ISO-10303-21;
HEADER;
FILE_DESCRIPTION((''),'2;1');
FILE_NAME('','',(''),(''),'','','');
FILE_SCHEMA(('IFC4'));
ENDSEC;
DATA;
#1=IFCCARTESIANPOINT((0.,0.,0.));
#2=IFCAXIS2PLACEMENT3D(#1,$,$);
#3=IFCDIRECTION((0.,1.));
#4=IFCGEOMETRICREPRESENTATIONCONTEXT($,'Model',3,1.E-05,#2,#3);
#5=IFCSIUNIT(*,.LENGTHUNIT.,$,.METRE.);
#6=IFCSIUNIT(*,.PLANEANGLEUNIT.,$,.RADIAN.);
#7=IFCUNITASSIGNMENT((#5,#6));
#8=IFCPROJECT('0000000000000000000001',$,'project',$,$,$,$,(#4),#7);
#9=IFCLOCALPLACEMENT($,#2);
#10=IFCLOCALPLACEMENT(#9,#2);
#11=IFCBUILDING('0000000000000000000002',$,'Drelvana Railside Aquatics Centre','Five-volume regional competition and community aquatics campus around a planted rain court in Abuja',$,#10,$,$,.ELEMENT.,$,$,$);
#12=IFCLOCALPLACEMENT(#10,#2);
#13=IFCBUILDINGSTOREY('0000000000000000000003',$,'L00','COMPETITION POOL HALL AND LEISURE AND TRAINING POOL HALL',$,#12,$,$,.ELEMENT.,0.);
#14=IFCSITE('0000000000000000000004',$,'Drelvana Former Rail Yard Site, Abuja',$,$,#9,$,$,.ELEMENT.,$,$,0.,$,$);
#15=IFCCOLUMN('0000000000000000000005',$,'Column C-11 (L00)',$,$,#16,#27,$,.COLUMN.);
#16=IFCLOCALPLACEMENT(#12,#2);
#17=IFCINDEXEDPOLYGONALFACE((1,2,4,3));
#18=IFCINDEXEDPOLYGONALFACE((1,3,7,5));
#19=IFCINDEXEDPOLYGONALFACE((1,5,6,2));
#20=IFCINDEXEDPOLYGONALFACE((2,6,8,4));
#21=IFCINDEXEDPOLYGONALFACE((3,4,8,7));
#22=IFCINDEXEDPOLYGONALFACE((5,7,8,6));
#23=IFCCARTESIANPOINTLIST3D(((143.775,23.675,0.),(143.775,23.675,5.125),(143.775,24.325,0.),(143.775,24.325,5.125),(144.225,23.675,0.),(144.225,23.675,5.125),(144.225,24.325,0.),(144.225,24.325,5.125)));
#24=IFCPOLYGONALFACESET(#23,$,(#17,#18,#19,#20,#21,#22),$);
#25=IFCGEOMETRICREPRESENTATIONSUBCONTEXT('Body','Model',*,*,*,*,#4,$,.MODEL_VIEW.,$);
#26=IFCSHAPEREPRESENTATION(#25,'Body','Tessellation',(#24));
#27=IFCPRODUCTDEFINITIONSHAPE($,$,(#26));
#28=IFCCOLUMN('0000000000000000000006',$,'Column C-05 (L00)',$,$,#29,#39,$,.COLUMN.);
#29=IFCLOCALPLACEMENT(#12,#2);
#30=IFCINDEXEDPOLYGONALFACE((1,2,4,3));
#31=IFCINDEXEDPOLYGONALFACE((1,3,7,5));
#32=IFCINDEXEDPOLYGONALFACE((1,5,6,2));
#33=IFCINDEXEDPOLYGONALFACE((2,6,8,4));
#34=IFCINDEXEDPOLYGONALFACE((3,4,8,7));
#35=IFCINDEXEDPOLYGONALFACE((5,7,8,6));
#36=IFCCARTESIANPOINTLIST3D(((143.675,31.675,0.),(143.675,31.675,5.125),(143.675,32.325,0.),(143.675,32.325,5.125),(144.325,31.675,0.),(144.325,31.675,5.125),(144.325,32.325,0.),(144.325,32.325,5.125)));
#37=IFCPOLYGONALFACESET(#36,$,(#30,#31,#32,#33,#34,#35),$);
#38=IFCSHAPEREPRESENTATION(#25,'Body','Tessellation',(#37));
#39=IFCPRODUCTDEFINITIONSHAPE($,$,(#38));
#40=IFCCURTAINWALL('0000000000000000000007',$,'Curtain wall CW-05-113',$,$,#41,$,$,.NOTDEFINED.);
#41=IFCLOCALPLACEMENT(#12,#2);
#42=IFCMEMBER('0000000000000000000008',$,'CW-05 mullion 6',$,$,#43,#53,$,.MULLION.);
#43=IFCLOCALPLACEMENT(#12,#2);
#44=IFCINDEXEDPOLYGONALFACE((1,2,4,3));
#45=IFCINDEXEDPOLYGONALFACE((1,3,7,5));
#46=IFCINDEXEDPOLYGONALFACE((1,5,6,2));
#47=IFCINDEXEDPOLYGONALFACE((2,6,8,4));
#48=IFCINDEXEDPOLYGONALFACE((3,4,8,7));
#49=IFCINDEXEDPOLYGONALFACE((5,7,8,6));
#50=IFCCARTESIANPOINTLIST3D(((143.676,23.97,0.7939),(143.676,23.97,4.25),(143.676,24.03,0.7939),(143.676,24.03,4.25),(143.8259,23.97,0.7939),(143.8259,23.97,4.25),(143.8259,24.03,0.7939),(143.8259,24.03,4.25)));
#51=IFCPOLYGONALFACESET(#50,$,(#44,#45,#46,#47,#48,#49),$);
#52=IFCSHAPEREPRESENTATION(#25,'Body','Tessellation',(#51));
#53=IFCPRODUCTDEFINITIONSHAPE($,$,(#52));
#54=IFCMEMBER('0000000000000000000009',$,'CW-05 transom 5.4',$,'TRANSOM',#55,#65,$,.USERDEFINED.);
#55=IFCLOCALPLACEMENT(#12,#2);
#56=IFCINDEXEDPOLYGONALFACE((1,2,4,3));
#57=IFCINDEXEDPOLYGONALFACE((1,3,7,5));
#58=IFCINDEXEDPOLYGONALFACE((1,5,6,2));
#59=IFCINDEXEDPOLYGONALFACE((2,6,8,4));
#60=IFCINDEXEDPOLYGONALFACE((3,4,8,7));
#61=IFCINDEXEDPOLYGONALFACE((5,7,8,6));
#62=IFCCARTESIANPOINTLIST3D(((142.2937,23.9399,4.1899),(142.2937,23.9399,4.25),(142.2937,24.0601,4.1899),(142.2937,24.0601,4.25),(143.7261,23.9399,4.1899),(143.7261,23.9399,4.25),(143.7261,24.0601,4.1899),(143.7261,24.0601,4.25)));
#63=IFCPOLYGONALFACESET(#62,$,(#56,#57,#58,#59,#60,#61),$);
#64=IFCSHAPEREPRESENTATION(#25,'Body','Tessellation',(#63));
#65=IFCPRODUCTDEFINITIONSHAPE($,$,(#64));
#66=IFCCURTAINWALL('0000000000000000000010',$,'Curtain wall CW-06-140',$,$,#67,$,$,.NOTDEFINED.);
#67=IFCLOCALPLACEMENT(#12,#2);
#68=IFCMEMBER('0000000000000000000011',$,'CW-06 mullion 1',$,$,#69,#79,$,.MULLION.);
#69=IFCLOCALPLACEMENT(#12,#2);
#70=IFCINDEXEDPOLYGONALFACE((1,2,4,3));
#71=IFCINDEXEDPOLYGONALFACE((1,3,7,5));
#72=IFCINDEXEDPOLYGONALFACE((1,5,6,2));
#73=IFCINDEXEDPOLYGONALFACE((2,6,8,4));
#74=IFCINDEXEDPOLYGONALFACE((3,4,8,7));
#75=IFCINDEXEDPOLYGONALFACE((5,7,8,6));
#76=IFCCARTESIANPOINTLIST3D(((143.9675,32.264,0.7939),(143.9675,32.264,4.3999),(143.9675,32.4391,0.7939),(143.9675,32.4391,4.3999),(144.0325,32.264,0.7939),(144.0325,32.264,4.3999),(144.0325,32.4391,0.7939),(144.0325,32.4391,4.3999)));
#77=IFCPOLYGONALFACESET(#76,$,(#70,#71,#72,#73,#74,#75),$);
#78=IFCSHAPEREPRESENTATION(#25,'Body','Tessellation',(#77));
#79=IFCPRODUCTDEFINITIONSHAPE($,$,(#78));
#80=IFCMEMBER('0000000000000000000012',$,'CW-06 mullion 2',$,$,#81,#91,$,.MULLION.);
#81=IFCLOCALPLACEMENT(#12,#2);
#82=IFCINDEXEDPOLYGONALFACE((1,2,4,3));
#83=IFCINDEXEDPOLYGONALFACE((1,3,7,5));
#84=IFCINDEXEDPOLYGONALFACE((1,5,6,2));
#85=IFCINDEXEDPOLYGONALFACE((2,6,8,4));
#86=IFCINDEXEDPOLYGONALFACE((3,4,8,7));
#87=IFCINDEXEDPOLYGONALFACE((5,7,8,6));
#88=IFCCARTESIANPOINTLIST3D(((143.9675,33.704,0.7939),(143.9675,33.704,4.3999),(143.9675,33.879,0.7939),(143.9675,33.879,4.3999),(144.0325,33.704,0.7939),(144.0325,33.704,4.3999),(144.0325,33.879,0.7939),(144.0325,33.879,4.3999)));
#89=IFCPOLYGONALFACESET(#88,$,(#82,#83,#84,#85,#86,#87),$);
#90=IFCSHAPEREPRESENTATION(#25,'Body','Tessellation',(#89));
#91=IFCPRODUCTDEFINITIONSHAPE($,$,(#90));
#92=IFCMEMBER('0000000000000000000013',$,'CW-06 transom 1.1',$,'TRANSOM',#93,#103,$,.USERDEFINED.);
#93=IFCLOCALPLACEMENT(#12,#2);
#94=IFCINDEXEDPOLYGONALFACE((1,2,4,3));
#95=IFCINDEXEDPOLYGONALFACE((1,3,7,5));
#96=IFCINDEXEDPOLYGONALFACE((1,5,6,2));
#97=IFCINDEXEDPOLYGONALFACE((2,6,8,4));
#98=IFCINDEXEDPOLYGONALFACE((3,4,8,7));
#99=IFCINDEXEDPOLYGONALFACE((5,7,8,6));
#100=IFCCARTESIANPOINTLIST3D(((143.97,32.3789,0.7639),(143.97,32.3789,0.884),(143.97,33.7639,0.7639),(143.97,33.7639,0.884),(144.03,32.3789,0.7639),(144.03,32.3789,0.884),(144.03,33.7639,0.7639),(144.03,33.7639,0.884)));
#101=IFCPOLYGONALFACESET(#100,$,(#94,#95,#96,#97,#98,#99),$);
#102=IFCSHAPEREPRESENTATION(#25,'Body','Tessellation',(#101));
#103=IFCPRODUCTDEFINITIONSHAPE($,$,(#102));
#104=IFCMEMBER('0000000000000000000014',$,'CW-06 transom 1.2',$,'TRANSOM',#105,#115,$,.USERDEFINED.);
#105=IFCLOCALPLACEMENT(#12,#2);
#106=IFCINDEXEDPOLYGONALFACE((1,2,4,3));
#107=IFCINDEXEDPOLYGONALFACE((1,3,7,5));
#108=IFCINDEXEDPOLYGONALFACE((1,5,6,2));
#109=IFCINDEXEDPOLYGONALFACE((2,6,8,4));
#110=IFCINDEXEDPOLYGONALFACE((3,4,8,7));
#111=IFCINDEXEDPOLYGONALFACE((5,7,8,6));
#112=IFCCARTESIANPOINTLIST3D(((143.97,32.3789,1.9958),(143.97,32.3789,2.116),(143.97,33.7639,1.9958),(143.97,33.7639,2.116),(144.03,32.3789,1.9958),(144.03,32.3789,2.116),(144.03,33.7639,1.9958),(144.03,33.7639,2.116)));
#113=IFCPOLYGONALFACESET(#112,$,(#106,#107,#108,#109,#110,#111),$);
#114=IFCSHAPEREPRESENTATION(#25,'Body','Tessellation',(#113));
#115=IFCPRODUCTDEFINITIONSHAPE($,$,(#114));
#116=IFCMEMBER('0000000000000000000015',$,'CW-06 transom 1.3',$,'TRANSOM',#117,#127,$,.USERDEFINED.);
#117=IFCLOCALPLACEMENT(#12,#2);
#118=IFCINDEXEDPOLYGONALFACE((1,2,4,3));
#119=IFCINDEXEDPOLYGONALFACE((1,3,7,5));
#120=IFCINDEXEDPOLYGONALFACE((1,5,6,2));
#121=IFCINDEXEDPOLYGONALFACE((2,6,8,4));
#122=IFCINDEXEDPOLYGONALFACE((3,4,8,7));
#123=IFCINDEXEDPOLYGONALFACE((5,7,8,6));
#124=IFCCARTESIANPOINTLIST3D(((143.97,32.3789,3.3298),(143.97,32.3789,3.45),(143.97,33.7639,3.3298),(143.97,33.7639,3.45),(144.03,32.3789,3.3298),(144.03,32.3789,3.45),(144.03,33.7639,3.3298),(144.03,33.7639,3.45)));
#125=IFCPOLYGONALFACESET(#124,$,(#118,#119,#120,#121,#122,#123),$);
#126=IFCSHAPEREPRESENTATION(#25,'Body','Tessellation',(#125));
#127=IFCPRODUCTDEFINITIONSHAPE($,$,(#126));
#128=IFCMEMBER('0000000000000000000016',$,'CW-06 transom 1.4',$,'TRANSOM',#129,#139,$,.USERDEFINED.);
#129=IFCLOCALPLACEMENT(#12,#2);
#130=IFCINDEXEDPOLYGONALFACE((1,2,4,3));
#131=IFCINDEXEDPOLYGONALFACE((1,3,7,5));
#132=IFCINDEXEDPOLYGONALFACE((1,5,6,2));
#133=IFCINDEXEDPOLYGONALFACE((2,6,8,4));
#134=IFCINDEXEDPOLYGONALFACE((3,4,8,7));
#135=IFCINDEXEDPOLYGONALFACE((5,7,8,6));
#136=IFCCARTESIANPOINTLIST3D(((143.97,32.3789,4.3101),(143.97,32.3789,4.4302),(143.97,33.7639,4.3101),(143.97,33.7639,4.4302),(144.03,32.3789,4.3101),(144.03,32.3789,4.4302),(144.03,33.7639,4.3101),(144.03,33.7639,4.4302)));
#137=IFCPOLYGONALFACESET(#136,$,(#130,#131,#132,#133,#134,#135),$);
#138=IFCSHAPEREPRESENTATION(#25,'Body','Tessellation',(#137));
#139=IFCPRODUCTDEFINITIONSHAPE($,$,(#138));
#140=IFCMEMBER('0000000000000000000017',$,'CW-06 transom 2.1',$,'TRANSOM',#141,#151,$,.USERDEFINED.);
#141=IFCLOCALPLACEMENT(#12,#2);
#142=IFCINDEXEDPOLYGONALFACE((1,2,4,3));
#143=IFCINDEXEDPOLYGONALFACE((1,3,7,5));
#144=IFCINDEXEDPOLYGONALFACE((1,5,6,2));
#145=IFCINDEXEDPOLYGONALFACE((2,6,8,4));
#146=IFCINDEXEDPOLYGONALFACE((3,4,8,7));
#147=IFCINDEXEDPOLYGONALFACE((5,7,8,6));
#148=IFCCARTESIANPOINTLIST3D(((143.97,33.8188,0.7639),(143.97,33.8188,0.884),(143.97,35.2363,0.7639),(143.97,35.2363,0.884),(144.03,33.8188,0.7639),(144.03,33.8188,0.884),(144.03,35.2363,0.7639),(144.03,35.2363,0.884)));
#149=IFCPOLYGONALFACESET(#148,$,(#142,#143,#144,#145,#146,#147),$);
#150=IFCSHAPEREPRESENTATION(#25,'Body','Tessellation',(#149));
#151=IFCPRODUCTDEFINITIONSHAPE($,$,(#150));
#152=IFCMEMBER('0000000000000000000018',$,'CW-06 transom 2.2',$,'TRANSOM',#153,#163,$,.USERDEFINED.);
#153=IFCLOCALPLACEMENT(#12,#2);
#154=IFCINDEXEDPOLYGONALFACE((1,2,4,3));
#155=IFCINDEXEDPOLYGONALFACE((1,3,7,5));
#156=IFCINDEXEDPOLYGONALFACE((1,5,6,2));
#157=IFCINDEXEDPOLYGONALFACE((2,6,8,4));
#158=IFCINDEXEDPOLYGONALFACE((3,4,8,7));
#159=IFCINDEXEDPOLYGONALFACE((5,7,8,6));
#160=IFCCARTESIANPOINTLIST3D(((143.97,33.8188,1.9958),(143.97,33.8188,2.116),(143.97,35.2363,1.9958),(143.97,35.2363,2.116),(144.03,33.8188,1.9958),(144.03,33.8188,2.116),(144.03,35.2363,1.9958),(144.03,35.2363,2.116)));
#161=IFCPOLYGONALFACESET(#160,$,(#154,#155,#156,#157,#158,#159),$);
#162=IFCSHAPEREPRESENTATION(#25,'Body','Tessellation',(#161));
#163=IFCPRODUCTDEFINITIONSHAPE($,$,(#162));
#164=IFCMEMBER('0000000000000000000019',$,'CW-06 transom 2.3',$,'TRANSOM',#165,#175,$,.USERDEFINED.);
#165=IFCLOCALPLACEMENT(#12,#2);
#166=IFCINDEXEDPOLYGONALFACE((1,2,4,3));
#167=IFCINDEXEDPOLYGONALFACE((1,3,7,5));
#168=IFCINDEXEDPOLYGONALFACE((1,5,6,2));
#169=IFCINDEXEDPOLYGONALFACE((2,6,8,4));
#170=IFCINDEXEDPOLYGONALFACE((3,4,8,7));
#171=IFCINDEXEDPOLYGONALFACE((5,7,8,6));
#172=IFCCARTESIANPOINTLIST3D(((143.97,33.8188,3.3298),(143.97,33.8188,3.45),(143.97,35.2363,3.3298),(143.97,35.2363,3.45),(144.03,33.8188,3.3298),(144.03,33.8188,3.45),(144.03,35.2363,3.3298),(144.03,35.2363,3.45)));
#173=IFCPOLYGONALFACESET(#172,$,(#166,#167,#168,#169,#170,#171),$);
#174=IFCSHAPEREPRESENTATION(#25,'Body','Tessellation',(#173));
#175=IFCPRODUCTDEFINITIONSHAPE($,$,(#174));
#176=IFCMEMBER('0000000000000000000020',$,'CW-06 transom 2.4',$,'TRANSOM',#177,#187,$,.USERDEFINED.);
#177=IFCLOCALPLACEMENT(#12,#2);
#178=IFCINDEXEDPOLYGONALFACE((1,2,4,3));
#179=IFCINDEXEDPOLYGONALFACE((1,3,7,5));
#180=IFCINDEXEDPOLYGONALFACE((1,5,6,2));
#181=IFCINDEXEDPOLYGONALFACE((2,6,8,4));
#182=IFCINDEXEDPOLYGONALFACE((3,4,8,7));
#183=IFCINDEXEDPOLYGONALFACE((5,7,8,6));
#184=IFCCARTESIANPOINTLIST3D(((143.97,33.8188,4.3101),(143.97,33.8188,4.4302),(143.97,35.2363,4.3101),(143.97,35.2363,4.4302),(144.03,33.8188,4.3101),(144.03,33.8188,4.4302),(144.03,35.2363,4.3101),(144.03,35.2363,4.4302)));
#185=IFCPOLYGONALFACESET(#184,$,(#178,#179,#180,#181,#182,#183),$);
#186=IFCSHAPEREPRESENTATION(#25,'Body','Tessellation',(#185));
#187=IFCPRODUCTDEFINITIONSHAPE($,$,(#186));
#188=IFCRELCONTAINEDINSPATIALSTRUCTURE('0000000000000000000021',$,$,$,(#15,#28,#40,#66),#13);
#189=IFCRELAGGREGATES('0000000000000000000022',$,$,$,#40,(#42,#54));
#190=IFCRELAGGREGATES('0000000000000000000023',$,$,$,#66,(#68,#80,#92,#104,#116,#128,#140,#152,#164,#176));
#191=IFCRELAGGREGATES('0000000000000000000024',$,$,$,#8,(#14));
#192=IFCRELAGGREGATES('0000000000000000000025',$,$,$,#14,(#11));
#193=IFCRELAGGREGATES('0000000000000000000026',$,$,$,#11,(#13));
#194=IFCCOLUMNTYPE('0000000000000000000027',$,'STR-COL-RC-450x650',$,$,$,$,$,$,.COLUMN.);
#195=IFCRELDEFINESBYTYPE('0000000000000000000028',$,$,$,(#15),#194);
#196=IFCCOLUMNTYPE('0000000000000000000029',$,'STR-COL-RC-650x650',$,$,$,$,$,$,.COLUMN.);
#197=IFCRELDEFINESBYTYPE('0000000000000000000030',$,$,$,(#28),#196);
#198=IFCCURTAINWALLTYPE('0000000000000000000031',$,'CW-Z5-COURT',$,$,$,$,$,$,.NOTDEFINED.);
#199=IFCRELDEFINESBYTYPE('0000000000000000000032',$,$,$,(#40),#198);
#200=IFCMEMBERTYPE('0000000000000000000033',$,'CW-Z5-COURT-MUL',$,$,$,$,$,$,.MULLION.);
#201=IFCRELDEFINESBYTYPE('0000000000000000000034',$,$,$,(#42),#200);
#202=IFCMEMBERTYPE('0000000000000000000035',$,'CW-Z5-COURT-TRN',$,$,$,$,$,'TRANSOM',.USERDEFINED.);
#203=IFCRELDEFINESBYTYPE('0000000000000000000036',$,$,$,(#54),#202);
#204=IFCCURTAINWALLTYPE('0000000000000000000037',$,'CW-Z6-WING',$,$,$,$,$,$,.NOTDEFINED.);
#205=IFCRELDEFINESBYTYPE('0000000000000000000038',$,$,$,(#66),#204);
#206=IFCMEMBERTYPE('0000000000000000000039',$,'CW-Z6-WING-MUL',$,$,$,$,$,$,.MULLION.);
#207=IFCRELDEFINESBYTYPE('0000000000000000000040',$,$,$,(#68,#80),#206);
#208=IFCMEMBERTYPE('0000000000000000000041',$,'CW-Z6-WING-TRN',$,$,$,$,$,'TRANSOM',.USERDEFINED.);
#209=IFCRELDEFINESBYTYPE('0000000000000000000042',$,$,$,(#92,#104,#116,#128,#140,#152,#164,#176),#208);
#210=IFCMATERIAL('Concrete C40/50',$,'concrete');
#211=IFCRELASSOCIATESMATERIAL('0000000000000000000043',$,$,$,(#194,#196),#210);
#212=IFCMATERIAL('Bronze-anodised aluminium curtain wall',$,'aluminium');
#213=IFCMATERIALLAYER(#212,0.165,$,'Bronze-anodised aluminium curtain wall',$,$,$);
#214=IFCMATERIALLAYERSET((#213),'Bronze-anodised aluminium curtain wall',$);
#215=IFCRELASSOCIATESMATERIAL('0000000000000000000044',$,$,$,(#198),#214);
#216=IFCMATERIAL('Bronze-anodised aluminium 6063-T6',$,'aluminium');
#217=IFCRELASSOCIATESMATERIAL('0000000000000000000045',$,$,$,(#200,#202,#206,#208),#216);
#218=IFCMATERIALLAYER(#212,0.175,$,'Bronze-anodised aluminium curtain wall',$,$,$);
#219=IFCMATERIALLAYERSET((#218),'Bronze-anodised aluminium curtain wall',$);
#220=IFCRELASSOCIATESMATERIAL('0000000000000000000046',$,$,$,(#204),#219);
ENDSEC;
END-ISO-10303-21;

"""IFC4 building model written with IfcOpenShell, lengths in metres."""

from ifc_helpers import new_model, si_unit, direction, frame, origin, origin_2d, place, context, subcontext, project, spatial, rectangle, extrude, material, layer, layer_set, material_profile, profile_set, type_object, element, aggregate, save


model = new_model("IFC4")

# Units and contexts
model_context = context("Model", 3, precision=1e-05, world=origin(), true_north=direction((0.0, 1.0)))
body_context = subcontext(model_context, "Body", "Model", "MODEL_VIEW")
ifc_project = project(units=[si_unit("LENGTHUNIT", "METRE"), si_unit("PLANEANGLEUNIT", "RADIAN")], contexts=[model_context])

# Site, building, storey
site_placement = place(None, origin())
site = spatial("IfcSite", under=ifc_project, at=site_placement, Name="Drelvana Former Rail Yard Site, Abuja", CompositionType="ELEMENT", RefElevation=0.0)
building_placement = place(site_placement, origin())
building = spatial("IfcBuilding", under=site, at=building_placement, Name="Drelvana Railside Aquatics Centre", Description="Five-volume regional competition and community aquatics campus around a planted rain court in Abuja", CompositionType="ELEMENT")
storey_placement = place(building_placement, origin())
storey = spatial("IfcBuildingStorey", under=building, at=storey_placement, Name="L00", Description="COMPETITION POOL HALL AND LEISURE AND TRAINING POOL HALL", CompositionType="ELEMENT", Elevation=0.0)

# Columns
ifc_material_1 = material(Name="Concrete C40/50", Category="concrete")
ifc_material_profile_1 = material_profile(ifc_material_1, rectangle(XDim=0.45, YDim=0.6499, at=origin_2d()), Name="RC 450x650")
ifc_profile_set_1 = profile_set([ifc_material_profile_1], Name="Concrete C40/50")
column_type_1 = type_object("IfcColumnType", Name="STR-COL-RC-450x650", PredefinedType="COLUMN", material=ifc_profile_set_1)
column_1_placement = place(storey_placement, frame((144.0, 24.0, 0.0), z_axis=(0.0, 0.0, 1.0), x_axis=(1.0, 0.0, 0.0)))
element("IfcColumn", 1, at=column_1_placement, inside=storey, type_object=column_type_1, Name="Column C-11 (L00)", PredefinedType="COLUMN", context=body_context, shape_type="SweptSolid", body=[
    extrude(rectangle(XDim=0.45, YDim=0.6499, at=origin_2d()), origin(), (0.0, 0.0, 1.0), 5.125),
])
ifc_material_profile_2 = material_profile(ifc_material_1, rectangle(XDim=0.6499, YDim=0.6499, at=origin_2d()), Name="RC 650x650")
ifc_profile_set_2 = profile_set([ifc_material_profile_2], Name="Concrete C40/50")
column_type_2 = type_object("IfcColumnType", Name="STR-COL-RC-650x650", PredefinedType="COLUMN", material=ifc_profile_set_2)
column_2_placement = place(storey_placement, frame((144.0, 32.0, 0.0), z_axis=(0.0, 0.0, 1.0), x_axis=(1.0, 0.0, 0.0)))
element("IfcColumn", 2, at=column_2_placement, inside=storey, type_object=column_type_2, Name="Column C-05 (L00)", PredefinedType="COLUMN", context=body_context, shape_type="SweptSolid", body=[
    extrude(rectangle(XDim=0.6499, YDim=0.6499, at=origin_2d()), origin(), (0.0, 0.0, 1.0), 5.125),
])

# Curtain walls, members
ifc_material_2 = material(Name="Bronze-anodised aluminium curtain wall", Category="aluminium")
ifc_layer_1 = layer(ifc_material_2, 0.165, Name="Bronze-anodised aluminium curtain wall")
ifc_layer_set_1 = layer_set([ifc_layer_1], Name="Bronze-anodised aluminium curtain wall")
curtain_wall_type_1 = type_object("IfcCurtainWallType", Name="CW-Z5-COURT", PredefinedType="NOTDEFINED", material=ifc_layer_set_1)
curtain_wall_1_placement = place(storey_placement, origin())
curtain_wall_1 = element("IfcCurtainWall", 3, at=curtain_wall_1_placement, inside=storey, type_object=curtain_wall_type_1, Name="Curtain wall CW-05-113", PredefinedType="NOTDEFINED")
ifc_material_3 = material(Name="Bronze-anodised aluminium 6063-T6", Category="aluminium")
ifc_material_profile_3 = material_profile(ifc_material_3, rectangle(XDim=0.0601, YDim=0.1499, at=origin_2d()), Name="ALU-M 60x150")
ifc_profile_set_3 = profile_set([ifc_material_profile_3], Name="Bronze-anodised aluminium 6063-T6")
member_type_1 = type_object("IfcMemberType", Name="CW-Z5-COURT-MUL", PredefinedType="MULLION", material=ifc_profile_set_3)
member_1_placement = place(storey_placement, frame((143.751, 24.0, 0.7939), z_axis=(0.0, 0.0, 1.0), x_axis=(0.0, 1.0, 0.0)))
member_1 = element("IfcMember", 4, at=member_1_placement, type_object=member_type_1, Name="CW-05 mullion 6", PredefinedType="MULLION", context=body_context, shape_type="SweptSolid", body=[
    extrude(rectangle(XDim=0.0601, YDim=0.1499, at=origin_2d()), origin(), (0.0, 0.0, 1.0), 3.4561),
])
ifc_material_profile_4 = material_profile(ifc_material_3, rectangle(XDim=0.1201, YDim=0.0601, at=origin_2d()), Name="ALU-T 60x120")
ifc_profile_set_4 = profile_set([ifc_material_profile_4], Name="Bronze-anodised aluminium 6063-T6")
member_type_2 = type_object("IfcMemberType", Name="CW-Z5-COURT-TRN", ElementType="TRANSOM", PredefinedType="USERDEFINED", material=ifc_profile_set_4)
member_2_placement = place(storey_placement, frame((142.2937, 24.0, 4.22), z_axis=(1.0, 0.0, 0.0), x_axis=(0.0, 1.0, 0.0)))
member_2 = element("IfcMember", 5, at=member_2_placement, type_object=member_type_2, Name="CW-05 transom 5.4", ObjectType="TRANSOM", PredefinedType="USERDEFINED", context=body_context, shape_type="SweptSolid", body=[
    extrude(rectangle(XDim=0.1201, YDim=0.0601, at=origin_2d()), origin(), (0.0, 0.0, 1.0), 1.4324),
])
ifc_layer_2 = layer(ifc_material_2, 0.175, Name="Bronze-anodised aluminium curtain wall")
ifc_layer_set_2 = layer_set([ifc_layer_2], Name="Bronze-anodised aluminium curtain wall")
curtain_wall_type_2 = type_object("IfcCurtainWallType", Name="CW-Z6-WING", PredefinedType="NOTDEFINED", material=ifc_layer_set_2)
curtain_wall_2_placement = place(storey_placement, origin())
curtain_wall_2 = element("IfcCurtainWall", 6, at=curtain_wall_2_placement, inside=storey, type_object=curtain_wall_type_2, Name="Curtain wall CW-06-140", PredefinedType="NOTDEFINED")
ifc_material_profile_5 = material_profile(ifc_material_3, rectangle(XDim=0.0649, YDim=0.175, at=origin_2d()), Name="ALU-M 65x175")
ifc_profile_set_5 = profile_set([ifc_material_profile_5], Name="Bronze-anodised aluminium 6063-T6")
member_type_3 = type_object("IfcMemberType", Name="CW-Z6-WING-MUL", PredefinedType="MULLION", material=ifc_profile_set_5)
member_3_placement = place(storey_placement, frame((144.0, 32.3516, 0.7939), z_axis=(0.0, 0.0, 1.0), x_axis=(-1.0, 0.0, 0.0)))
member_3 = element("IfcMember", 7, at=member_3_placement, type_object=member_type_3, Name="CW-06 mullion 1", PredefinedType="MULLION", context=body_context, shape_type="SweptSolid", body=[
    extrude(rectangle(XDim=0.0649, YDim=0.175, at=origin_2d()), origin(), (0.0, 0.0, 1.0), 3.606),
])
member_4_placement = place(storey_placement, frame((144.0, 33.7915, 0.7939), z_axis=(0.0, 0.0, 1.0), x_axis=(-1.0, 0.0, 0.0)))
member_4 = element("IfcMember", 8, at=member_4_placement, type_object=member_type_3, Name="CW-06 mullion 2", PredefinedType="MULLION", context=body_context, shape_type="SweptSolid", body=[
    extrude(rectangle(XDim=0.0649, YDim=0.175, at=origin_2d()), origin(), (0.0, 0.0, 1.0), 3.606),
])
ifc_material_profile_6 = material_profile(ifc_material_3, rectangle(XDim=0.1201, YDim=0.0601, at=origin_2d()), Name="ALU-T 60x120")
ifc_profile_set_6 = profile_set([ifc_material_profile_6], Name="Bronze-anodised aluminium 6063-T6")
member_type_4 = type_object("IfcMemberType", Name="CW-Z6-WING-TRN", ElementType="TRANSOM", PredefinedType="USERDEFINED", material=ifc_profile_set_6)
member_5_placement = place(storey_placement, frame((144.0, 32.3789, 0.824), z_axis=(0.0, 1.0, 0.0), x_axis=(0.0, 0.0, 1.0)))
member_5 = element("IfcMember", 9, at=member_5_placement, type_object=member_type_4, Name="CW-06 transom 1.1", ObjectType="TRANSOM", PredefinedType="USERDEFINED", context=body_context, shape_type="SweptSolid", body=[
    extrude(rectangle(XDim=0.1201, YDim=0.0601, at=origin_2d()), origin(), (0.0, 0.0, 1.0), 1.385),
])
member_6_placement = place(storey_placement, frame((144.0, 32.3789, 2.0559), z_axis=(0.0, 1.0, 0.0), x_axis=(0.0, 0.0, 1.0)))
member_6 = element("IfcMember", 10, at=member_6_placement, type_object=member_type_4, Name="CW-06 transom 1.2", ObjectType="TRANSOM", PredefinedType="USERDEFINED", context=body_context, shape_type="SweptSolid", body=[
    extrude(rectangle(XDim=0.1201, YDim=0.0601, at=origin_2d()), origin(), (0.0, 0.0, 1.0), 1.385),
])
member_7_placement = place(storey_placement, frame((144.0, 32.3789, 3.3899), z_axis=(0.0, 1.0, 0.0), x_axis=(0.0, 0.0, 1.0)))
member_7 = element("IfcMember", 11, at=member_7_placement, type_object=member_type_4, Name="CW-06 transom 1.3", ObjectType="TRANSOM", PredefinedType="USERDEFINED", context=body_context, shape_type="SweptSolid", body=[
    extrude(rectangle(XDim=0.1201, YDim=0.0601, at=origin_2d()), origin(), (0.0, 0.0, 1.0), 1.385),
])
member_8_placement = place(storey_placement, frame((144.0, 32.3789, 4.3701), z_axis=(0.0, 1.0, 0.0), x_axis=(0.0, 0.0, 1.0)))
member_8 = element("IfcMember", 12, at=member_8_placement, type_object=member_type_4, Name="CW-06 transom 1.4", ObjectType="TRANSOM", PredefinedType="USERDEFINED", context=body_context, shape_type="SweptSolid", body=[
    extrude(rectangle(XDim=0.1201, YDim=0.0601, at=origin_2d()), origin(), (0.0, 0.0, 1.0), 1.385),
])
member_9_placement = place(storey_placement, frame((144.0, 33.8188, 0.824), z_axis=(0.0, 1.0, 0.0), x_axis=(0.0, 0.0, 1.0)))
member_9 = element("IfcMember", 13, at=member_9_placement, type_object=member_type_4, Name="CW-06 transom 2.1", ObjectType="TRANSOM", PredefinedType="USERDEFINED", context=body_context, shape_type="SweptSolid", body=[
    extrude(rectangle(XDim=0.1201, YDim=0.0601, at=origin_2d()), origin(), (0.0, 0.0, 1.0), 1.4175),
])
member_10_placement = place(storey_placement, frame((144.0, 33.8188, 2.0559), z_axis=(0.0, 1.0, 0.0), x_axis=(0.0, 0.0, 1.0)))
member_10 = element("IfcMember", 14, at=member_10_placement, type_object=member_type_4, Name="CW-06 transom 2.2", ObjectType="TRANSOM", PredefinedType="USERDEFINED", context=body_context, shape_type="SweptSolid", body=[
    extrude(rectangle(XDim=0.1201, YDim=0.0601, at=origin_2d()), origin(), (0.0, 0.0, 1.0), 1.4175),
])
member_11_placement = place(storey_placement, frame((144.0, 33.8188, 3.3899), z_axis=(0.0, 1.0, 0.0), x_axis=(0.0, 0.0, 1.0)))
member_11 = element("IfcMember", 15, at=member_11_placement, type_object=member_type_4, Name="CW-06 transom 2.3", ObjectType="TRANSOM", PredefinedType="USERDEFINED", context=body_context, shape_type="SweptSolid", body=[
    extrude(rectangle(XDim=0.1201, YDim=0.0601, at=origin_2d()), origin(), (0.0, 0.0, 1.0), 1.4175),
])
member_12_placement = place(storey_placement, frame((144.0, 33.8188, 4.3701), z_axis=(0.0, 1.0, 0.0), x_axis=(0.0, 0.0, 1.0)))
member_12 = element("IfcMember", 16, at=member_12_placement, type_object=member_type_4, Name="CW-06 transom 2.4", ObjectType="TRANSOM", PredefinedType="USERDEFINED", context=body_context, shape_type="SweptSolid", body=[
    extrude(rectangle(XDim=0.1201, YDim=0.0601, at=origin_2d()), origin(), (0.0, 0.0, 1.0), 1.4175),
])

aggregate(curtain_wall_1, [member_1, member_2])
aggregate(curtain_wall_2, [member_3, member_4, member_5, member_6, member_7, member_8, member_9, member_10, member_11, member_12])

save(model, "model.ifc")
